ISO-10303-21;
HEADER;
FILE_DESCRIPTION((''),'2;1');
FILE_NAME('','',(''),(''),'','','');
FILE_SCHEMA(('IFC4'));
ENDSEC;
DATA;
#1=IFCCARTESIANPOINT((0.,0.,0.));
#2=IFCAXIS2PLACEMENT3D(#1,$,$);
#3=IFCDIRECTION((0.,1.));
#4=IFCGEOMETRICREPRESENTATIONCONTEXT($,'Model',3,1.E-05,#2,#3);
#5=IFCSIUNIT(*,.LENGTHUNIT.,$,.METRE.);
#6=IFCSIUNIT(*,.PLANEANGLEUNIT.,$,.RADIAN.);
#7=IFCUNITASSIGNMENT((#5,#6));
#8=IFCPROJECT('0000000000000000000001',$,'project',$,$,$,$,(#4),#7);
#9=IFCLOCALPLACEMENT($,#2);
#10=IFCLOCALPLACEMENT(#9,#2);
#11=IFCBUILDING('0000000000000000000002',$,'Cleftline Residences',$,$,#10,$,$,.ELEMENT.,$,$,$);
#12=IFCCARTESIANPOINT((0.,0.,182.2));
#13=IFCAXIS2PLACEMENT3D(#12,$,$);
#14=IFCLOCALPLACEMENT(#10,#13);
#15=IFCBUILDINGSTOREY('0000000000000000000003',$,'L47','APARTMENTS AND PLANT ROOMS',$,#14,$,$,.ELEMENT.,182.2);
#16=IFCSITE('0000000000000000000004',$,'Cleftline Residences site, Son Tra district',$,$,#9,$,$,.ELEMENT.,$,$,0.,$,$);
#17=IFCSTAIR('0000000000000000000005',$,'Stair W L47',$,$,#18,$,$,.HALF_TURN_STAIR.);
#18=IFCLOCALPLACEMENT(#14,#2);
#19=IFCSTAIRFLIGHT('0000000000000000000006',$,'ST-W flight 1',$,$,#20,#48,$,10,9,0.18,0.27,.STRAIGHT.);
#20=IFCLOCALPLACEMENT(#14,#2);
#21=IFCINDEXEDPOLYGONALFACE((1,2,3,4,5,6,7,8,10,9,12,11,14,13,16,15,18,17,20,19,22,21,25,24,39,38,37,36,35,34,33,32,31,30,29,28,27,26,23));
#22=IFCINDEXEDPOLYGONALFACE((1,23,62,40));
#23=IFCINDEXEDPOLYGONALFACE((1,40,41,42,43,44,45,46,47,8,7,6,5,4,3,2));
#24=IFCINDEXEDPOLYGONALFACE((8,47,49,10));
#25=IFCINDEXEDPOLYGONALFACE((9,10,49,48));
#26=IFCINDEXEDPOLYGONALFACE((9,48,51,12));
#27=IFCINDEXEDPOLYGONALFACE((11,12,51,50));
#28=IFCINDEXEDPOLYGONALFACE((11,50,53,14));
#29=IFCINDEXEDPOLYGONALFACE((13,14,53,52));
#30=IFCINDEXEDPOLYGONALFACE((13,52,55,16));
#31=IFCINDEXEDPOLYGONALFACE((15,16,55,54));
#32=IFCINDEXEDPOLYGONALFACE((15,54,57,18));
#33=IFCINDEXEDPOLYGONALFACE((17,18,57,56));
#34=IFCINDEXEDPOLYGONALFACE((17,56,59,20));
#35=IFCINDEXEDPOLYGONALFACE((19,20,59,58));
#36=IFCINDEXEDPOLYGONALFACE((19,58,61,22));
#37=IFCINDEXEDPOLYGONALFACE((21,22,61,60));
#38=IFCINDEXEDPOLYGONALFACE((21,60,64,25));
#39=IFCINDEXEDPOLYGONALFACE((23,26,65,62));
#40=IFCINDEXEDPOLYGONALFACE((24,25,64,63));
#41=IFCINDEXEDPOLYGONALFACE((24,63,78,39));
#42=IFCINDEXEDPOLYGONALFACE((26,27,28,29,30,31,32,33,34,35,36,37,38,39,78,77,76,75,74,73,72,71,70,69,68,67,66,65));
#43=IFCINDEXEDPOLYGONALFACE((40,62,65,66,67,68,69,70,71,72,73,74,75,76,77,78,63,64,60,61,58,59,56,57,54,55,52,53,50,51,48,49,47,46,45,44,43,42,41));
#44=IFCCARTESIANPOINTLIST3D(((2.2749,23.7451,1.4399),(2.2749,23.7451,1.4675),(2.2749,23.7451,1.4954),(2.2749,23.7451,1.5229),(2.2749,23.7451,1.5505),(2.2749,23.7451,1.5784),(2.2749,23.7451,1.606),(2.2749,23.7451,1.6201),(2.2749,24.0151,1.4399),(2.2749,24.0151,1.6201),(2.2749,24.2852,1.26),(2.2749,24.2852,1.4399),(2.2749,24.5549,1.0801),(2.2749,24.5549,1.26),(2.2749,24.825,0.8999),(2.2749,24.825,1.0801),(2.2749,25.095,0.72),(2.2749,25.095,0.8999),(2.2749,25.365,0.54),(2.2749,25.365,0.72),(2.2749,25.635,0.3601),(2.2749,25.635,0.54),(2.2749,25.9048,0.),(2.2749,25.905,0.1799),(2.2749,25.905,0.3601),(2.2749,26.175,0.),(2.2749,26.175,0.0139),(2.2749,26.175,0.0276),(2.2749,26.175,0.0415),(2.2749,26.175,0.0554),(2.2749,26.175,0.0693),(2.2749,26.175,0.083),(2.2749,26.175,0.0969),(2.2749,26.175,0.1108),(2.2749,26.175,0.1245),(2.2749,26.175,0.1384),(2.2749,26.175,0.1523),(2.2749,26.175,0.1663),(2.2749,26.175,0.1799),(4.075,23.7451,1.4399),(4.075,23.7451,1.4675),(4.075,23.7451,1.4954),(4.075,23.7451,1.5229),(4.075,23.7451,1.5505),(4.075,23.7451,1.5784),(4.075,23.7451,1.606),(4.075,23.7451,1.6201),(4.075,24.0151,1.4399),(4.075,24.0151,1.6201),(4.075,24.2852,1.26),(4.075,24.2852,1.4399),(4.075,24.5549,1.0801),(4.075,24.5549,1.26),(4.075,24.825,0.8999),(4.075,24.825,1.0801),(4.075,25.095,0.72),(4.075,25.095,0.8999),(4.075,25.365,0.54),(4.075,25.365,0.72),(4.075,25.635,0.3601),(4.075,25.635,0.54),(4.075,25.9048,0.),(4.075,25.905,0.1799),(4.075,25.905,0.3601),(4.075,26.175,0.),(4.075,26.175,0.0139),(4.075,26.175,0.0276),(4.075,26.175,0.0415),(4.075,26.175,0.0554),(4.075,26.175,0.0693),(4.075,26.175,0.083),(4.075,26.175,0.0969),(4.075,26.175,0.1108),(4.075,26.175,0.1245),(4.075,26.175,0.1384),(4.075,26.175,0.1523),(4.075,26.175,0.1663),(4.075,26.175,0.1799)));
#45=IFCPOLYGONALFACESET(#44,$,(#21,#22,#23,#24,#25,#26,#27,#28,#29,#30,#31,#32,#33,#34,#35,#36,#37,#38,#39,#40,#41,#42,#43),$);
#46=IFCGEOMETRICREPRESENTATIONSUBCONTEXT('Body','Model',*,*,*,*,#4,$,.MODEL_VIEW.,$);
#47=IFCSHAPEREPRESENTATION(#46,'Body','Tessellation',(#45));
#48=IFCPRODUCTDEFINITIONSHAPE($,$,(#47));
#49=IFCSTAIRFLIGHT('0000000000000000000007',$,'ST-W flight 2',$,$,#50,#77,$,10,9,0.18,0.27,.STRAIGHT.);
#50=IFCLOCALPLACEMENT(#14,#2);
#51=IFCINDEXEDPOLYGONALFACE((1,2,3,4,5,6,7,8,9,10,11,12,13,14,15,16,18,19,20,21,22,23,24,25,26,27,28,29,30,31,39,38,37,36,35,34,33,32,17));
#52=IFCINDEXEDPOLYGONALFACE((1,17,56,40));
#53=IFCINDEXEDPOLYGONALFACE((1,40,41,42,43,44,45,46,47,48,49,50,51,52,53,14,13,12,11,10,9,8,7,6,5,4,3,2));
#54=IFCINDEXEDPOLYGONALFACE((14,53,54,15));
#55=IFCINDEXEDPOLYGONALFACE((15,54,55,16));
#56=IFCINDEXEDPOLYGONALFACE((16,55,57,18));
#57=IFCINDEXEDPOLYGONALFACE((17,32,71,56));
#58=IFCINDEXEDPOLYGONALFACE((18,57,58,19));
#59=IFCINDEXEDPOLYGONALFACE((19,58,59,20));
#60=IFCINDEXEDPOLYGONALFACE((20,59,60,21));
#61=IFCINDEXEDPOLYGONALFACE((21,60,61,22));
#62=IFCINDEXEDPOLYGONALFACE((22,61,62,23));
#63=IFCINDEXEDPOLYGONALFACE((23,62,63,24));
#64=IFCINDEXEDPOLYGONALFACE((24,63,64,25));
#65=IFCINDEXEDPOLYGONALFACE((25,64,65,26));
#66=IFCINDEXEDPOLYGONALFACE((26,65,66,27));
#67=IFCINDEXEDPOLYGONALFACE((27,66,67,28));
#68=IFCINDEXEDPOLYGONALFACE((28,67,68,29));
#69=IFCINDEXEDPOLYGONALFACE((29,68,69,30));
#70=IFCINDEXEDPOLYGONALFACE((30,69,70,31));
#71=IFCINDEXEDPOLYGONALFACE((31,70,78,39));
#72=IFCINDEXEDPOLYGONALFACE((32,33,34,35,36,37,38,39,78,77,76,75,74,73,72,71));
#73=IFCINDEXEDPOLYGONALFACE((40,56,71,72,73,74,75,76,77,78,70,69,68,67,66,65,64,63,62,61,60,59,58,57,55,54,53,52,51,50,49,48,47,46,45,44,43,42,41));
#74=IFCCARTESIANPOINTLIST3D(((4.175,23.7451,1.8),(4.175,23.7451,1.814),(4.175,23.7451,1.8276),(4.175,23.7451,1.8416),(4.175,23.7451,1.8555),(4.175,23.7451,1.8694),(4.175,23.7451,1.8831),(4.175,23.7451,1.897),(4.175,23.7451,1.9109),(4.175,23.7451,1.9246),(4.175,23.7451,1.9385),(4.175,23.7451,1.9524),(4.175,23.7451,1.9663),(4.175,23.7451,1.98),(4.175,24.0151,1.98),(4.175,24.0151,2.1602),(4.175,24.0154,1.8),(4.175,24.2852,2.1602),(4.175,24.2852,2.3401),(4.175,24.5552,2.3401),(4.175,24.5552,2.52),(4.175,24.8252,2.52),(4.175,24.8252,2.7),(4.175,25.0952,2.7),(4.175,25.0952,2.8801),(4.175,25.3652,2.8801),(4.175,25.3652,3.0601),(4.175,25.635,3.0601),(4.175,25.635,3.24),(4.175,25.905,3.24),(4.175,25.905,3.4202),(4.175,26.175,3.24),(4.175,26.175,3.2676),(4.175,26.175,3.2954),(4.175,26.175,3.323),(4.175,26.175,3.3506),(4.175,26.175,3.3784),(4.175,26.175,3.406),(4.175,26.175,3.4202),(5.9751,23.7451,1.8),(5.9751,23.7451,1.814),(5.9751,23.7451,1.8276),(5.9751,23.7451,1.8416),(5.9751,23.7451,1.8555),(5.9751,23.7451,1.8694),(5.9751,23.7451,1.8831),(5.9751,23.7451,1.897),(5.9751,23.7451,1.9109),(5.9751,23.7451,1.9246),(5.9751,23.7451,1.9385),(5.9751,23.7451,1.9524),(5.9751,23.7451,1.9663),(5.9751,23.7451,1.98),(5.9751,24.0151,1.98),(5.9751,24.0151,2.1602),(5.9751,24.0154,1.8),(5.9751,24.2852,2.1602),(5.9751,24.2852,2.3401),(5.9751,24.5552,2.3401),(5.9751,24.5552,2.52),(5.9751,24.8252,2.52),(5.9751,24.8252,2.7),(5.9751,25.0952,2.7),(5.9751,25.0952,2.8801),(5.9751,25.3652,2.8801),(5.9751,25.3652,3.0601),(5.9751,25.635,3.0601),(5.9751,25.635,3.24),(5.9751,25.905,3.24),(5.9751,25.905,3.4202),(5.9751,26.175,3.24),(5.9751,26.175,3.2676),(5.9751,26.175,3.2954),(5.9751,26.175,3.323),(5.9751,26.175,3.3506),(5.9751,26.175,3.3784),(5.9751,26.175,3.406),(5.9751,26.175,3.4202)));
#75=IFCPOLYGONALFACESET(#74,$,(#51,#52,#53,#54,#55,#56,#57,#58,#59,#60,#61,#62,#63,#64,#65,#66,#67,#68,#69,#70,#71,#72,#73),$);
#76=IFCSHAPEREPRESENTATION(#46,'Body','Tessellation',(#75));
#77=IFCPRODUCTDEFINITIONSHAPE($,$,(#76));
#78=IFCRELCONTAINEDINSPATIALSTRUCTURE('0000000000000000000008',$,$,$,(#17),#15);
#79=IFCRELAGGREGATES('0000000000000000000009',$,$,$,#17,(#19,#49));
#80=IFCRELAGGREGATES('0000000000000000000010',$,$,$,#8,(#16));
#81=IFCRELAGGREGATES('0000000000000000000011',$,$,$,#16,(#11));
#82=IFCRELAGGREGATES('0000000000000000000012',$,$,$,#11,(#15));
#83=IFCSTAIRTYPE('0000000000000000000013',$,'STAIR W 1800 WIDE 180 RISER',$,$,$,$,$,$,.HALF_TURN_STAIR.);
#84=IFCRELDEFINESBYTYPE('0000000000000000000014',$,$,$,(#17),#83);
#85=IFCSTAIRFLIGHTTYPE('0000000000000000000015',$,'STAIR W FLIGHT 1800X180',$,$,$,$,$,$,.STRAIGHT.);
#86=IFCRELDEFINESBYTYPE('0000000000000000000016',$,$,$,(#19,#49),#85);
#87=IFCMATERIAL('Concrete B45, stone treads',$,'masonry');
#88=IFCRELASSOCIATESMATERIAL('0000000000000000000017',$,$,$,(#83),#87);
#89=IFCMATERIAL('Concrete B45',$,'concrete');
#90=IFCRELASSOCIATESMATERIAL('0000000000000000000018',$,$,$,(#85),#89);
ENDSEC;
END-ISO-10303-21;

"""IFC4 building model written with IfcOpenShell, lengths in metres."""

from ifc_helpers import new_model, si_unit, direction, frame, origin, place, context, subcontext, project, spatial, polyline, outline, extrude, material, type_object, element, aggregate, save


model = new_model("IFC4")

# Units and contexts
model_context = context("Model", 3, precision=1e-05, world=origin(), true_north=direction((0.0, 1.0)))
body_context = subcontext(model_context, "Body", "Model", "MODEL_VIEW")
ifc_project = project(units=[si_unit("LENGTHUNIT", "METRE"), si_unit("PLANEANGLEUNIT", "RADIAN")], contexts=[model_context])

# Site, building, storey
site_placement = place(None, origin())
site = spatial("IfcSite", under=ifc_project, at=site_placement, Name="Cleftline Residences site, Son Tra district", CompositionType="ELEMENT", RefElevation=0.0)
building_placement = place(site_placement, origin())
building = spatial("IfcBuilding", under=site, at=building_placement, Name="Cleftline Residences", CompositionType="ELEMENT")
storey_placement = place(building_placement, frame((0.0, 0.0, 182.2)))
storey = spatial("IfcBuildingStorey", under=building, at=storey_placement, Name="L47", Description="APARTMENTS AND PLANT ROOMS", CompositionType="ELEMENT", Elevation=182.2)

# Stair, stair flights
ifc_material_1 = material(Name="Concrete B45, stone treads", Category="masonry")
stair_type = type_object("IfcStairType", Name="STAIR W 1800 WIDE 180 RISER", PredefinedType="HALF_TURN_STAIR", material=ifc_material_1)
stair_placement = place(storey_placement, origin())
stair = element("IfcStair", 1, at=stair_placement, inside=storey, type_object=stair_type, Name="Stair W L47", PredefinedType="HALF_TURN_STAIR")
ifc_material_2 = material(Name="Concrete B45", Category="concrete")
stair_flight_type = type_object("IfcStairFlightType", Name="STAIR W FLIGHT 1800X180", PredefinedType="STRAIGHT", material=ifc_material_2)
stair_flight_1_placement = place(storey_placement, frame((3.175, 26.175, 0.0), z_axis=(0.0, 0.0, 1.0), x_axis=(0.0, -1.0, 0.0)))
stair_flight_1 = element("IfcStairFlight", 2, at=stair_flight_1_placement, type_object=stair_flight_type, Name="ST-W flight 1", NumberOfRisers=10, NumberOfTreads=9, PredefinedType="STRAIGHT", RiserHeight=0.18, TreadLength=0.27, context=body_context, shape_type="SweptSolid", body=[
    extrude(outline(polyline([(0.0, 0.0), (0.0, 0.0139), (0.0, 0.0276), (0.0, 0.0415), (0.0, 0.0554), (0.0, 0.0693), (0.0, 0.083), (0.0, 0.0969), (0.0, 0.1108), (0.0, 0.1245), (0.0, 0.1384), (0.0, 0.1523), (0.0, 0.1663), (0.0, 0.1799), (0.27, 0.1799), (0.27, 0.3601), (0.54, 0.3601), (0.54, 0.54), (0.8101, 0.54), (0.8101, 0.72), (1.0801, 0.72), (1.0801, 0.8999), (1.3501, 0.8999), (1.3501, 1.0801), (1.6201, 1.0801), (1.6201, 1.26), (1.8899, 1.26), (1.8899, 1.4399), (2.1599, 1.4399), (2.1599, 1.6201), (2.4299, 1.6201), (2.4299, 1.8), (2.4299, 1.7722), (2.4299, 1.7446), (2.4299, 1.7168), (2.4299, 1.6892), (2.4299, 1.6614), (2.4299, 1.6338), (2.4299, 1.606), (2.4299, 1.5784), (2.4299, 1.5505), (2.4299, 1.5229), (2.4299, 1.4954), (2.4299, 1.4675), (2.4299, 1.4399), (0.2703, 0.0), (0.0, 0.0)])), frame((0.0, 0.8999, 0.0), z_axis=(0.0, -1.0, 0.0), x_axis=(1.0, 0.0, 0.0)), (0.0, 0.0, 1.0), 1.8),
])
stair_flight_2_placement = place(storey_placement, frame((5.075, 23.7451, 1.8), z_axis=(0.0, 0.0, 1.0), x_axis=(0.0, 1.0, 0.0)))
stair_flight_2 = element("IfcStairFlight", 3, at=stair_flight_2_placement, type_object=stair_flight_type, Name="ST-W flight 2", NumberOfRisers=10, NumberOfTreads=9, PredefinedType="STRAIGHT", RiserHeight=0.18, TreadLength=0.27, context=body_context, shape_type="SweptSolid", body=[
    extrude(outline(polyline([(0.0, 0.0), (0.0, 0.0139), (0.0, 0.0276), (0.0, 0.0415), (0.0, 0.0554), (0.0, 0.0693), (0.0, 0.083), (0.0, 0.0969), (0.0, 0.1108), (0.0, 0.1245), (0.0, 0.1384), (0.0, 0.1523), (0.0, 0.1663), (0.0, 0.1799), (0.27, 0.1799), (0.27, 0.3601), (0.54, 0.3601), (0.54, 0.54), (0.8101, 0.54), (0.8101, 0.72), (1.0801, 0.72), (1.0801, 0.8999), (1.3501, 0.8999), (1.3501, 1.0801), (1.6201, 1.0801), (1.6201, 1.26), (1.8899, 1.26), (1.8899, 1.4399), (2.1599, 1.4399), (2.1599, 1.6201), (2.4299, 1.6201), (2.4299, 1.8), (2.4299, 1.7722), (2.4299, 1.7446), (2.4299, 1.7168), (2.4299, 1.6892), (2.4299, 1.6614), (2.4299, 1.6338), (2.4299, 1.606), (2.4299, 1.5784), (2.4299, 1.5505), (2.4299, 1.5229), (2.4299, 1.4954), (2.4299, 1.4675), (2.4299, 1.4399), (0.2703, 0.0), (0.0, 0.0)])), frame((0.0, 0.8999, 0.0), z_axis=(0.0, -1.0, 0.0), x_axis=(1.0, 0.0, 0.0)), (0.0, 0.0, 1.0), 1.8),
])
aggregate(stair, [stair_flight_1, stair_flight_2])

save(model, "model.ifc")
